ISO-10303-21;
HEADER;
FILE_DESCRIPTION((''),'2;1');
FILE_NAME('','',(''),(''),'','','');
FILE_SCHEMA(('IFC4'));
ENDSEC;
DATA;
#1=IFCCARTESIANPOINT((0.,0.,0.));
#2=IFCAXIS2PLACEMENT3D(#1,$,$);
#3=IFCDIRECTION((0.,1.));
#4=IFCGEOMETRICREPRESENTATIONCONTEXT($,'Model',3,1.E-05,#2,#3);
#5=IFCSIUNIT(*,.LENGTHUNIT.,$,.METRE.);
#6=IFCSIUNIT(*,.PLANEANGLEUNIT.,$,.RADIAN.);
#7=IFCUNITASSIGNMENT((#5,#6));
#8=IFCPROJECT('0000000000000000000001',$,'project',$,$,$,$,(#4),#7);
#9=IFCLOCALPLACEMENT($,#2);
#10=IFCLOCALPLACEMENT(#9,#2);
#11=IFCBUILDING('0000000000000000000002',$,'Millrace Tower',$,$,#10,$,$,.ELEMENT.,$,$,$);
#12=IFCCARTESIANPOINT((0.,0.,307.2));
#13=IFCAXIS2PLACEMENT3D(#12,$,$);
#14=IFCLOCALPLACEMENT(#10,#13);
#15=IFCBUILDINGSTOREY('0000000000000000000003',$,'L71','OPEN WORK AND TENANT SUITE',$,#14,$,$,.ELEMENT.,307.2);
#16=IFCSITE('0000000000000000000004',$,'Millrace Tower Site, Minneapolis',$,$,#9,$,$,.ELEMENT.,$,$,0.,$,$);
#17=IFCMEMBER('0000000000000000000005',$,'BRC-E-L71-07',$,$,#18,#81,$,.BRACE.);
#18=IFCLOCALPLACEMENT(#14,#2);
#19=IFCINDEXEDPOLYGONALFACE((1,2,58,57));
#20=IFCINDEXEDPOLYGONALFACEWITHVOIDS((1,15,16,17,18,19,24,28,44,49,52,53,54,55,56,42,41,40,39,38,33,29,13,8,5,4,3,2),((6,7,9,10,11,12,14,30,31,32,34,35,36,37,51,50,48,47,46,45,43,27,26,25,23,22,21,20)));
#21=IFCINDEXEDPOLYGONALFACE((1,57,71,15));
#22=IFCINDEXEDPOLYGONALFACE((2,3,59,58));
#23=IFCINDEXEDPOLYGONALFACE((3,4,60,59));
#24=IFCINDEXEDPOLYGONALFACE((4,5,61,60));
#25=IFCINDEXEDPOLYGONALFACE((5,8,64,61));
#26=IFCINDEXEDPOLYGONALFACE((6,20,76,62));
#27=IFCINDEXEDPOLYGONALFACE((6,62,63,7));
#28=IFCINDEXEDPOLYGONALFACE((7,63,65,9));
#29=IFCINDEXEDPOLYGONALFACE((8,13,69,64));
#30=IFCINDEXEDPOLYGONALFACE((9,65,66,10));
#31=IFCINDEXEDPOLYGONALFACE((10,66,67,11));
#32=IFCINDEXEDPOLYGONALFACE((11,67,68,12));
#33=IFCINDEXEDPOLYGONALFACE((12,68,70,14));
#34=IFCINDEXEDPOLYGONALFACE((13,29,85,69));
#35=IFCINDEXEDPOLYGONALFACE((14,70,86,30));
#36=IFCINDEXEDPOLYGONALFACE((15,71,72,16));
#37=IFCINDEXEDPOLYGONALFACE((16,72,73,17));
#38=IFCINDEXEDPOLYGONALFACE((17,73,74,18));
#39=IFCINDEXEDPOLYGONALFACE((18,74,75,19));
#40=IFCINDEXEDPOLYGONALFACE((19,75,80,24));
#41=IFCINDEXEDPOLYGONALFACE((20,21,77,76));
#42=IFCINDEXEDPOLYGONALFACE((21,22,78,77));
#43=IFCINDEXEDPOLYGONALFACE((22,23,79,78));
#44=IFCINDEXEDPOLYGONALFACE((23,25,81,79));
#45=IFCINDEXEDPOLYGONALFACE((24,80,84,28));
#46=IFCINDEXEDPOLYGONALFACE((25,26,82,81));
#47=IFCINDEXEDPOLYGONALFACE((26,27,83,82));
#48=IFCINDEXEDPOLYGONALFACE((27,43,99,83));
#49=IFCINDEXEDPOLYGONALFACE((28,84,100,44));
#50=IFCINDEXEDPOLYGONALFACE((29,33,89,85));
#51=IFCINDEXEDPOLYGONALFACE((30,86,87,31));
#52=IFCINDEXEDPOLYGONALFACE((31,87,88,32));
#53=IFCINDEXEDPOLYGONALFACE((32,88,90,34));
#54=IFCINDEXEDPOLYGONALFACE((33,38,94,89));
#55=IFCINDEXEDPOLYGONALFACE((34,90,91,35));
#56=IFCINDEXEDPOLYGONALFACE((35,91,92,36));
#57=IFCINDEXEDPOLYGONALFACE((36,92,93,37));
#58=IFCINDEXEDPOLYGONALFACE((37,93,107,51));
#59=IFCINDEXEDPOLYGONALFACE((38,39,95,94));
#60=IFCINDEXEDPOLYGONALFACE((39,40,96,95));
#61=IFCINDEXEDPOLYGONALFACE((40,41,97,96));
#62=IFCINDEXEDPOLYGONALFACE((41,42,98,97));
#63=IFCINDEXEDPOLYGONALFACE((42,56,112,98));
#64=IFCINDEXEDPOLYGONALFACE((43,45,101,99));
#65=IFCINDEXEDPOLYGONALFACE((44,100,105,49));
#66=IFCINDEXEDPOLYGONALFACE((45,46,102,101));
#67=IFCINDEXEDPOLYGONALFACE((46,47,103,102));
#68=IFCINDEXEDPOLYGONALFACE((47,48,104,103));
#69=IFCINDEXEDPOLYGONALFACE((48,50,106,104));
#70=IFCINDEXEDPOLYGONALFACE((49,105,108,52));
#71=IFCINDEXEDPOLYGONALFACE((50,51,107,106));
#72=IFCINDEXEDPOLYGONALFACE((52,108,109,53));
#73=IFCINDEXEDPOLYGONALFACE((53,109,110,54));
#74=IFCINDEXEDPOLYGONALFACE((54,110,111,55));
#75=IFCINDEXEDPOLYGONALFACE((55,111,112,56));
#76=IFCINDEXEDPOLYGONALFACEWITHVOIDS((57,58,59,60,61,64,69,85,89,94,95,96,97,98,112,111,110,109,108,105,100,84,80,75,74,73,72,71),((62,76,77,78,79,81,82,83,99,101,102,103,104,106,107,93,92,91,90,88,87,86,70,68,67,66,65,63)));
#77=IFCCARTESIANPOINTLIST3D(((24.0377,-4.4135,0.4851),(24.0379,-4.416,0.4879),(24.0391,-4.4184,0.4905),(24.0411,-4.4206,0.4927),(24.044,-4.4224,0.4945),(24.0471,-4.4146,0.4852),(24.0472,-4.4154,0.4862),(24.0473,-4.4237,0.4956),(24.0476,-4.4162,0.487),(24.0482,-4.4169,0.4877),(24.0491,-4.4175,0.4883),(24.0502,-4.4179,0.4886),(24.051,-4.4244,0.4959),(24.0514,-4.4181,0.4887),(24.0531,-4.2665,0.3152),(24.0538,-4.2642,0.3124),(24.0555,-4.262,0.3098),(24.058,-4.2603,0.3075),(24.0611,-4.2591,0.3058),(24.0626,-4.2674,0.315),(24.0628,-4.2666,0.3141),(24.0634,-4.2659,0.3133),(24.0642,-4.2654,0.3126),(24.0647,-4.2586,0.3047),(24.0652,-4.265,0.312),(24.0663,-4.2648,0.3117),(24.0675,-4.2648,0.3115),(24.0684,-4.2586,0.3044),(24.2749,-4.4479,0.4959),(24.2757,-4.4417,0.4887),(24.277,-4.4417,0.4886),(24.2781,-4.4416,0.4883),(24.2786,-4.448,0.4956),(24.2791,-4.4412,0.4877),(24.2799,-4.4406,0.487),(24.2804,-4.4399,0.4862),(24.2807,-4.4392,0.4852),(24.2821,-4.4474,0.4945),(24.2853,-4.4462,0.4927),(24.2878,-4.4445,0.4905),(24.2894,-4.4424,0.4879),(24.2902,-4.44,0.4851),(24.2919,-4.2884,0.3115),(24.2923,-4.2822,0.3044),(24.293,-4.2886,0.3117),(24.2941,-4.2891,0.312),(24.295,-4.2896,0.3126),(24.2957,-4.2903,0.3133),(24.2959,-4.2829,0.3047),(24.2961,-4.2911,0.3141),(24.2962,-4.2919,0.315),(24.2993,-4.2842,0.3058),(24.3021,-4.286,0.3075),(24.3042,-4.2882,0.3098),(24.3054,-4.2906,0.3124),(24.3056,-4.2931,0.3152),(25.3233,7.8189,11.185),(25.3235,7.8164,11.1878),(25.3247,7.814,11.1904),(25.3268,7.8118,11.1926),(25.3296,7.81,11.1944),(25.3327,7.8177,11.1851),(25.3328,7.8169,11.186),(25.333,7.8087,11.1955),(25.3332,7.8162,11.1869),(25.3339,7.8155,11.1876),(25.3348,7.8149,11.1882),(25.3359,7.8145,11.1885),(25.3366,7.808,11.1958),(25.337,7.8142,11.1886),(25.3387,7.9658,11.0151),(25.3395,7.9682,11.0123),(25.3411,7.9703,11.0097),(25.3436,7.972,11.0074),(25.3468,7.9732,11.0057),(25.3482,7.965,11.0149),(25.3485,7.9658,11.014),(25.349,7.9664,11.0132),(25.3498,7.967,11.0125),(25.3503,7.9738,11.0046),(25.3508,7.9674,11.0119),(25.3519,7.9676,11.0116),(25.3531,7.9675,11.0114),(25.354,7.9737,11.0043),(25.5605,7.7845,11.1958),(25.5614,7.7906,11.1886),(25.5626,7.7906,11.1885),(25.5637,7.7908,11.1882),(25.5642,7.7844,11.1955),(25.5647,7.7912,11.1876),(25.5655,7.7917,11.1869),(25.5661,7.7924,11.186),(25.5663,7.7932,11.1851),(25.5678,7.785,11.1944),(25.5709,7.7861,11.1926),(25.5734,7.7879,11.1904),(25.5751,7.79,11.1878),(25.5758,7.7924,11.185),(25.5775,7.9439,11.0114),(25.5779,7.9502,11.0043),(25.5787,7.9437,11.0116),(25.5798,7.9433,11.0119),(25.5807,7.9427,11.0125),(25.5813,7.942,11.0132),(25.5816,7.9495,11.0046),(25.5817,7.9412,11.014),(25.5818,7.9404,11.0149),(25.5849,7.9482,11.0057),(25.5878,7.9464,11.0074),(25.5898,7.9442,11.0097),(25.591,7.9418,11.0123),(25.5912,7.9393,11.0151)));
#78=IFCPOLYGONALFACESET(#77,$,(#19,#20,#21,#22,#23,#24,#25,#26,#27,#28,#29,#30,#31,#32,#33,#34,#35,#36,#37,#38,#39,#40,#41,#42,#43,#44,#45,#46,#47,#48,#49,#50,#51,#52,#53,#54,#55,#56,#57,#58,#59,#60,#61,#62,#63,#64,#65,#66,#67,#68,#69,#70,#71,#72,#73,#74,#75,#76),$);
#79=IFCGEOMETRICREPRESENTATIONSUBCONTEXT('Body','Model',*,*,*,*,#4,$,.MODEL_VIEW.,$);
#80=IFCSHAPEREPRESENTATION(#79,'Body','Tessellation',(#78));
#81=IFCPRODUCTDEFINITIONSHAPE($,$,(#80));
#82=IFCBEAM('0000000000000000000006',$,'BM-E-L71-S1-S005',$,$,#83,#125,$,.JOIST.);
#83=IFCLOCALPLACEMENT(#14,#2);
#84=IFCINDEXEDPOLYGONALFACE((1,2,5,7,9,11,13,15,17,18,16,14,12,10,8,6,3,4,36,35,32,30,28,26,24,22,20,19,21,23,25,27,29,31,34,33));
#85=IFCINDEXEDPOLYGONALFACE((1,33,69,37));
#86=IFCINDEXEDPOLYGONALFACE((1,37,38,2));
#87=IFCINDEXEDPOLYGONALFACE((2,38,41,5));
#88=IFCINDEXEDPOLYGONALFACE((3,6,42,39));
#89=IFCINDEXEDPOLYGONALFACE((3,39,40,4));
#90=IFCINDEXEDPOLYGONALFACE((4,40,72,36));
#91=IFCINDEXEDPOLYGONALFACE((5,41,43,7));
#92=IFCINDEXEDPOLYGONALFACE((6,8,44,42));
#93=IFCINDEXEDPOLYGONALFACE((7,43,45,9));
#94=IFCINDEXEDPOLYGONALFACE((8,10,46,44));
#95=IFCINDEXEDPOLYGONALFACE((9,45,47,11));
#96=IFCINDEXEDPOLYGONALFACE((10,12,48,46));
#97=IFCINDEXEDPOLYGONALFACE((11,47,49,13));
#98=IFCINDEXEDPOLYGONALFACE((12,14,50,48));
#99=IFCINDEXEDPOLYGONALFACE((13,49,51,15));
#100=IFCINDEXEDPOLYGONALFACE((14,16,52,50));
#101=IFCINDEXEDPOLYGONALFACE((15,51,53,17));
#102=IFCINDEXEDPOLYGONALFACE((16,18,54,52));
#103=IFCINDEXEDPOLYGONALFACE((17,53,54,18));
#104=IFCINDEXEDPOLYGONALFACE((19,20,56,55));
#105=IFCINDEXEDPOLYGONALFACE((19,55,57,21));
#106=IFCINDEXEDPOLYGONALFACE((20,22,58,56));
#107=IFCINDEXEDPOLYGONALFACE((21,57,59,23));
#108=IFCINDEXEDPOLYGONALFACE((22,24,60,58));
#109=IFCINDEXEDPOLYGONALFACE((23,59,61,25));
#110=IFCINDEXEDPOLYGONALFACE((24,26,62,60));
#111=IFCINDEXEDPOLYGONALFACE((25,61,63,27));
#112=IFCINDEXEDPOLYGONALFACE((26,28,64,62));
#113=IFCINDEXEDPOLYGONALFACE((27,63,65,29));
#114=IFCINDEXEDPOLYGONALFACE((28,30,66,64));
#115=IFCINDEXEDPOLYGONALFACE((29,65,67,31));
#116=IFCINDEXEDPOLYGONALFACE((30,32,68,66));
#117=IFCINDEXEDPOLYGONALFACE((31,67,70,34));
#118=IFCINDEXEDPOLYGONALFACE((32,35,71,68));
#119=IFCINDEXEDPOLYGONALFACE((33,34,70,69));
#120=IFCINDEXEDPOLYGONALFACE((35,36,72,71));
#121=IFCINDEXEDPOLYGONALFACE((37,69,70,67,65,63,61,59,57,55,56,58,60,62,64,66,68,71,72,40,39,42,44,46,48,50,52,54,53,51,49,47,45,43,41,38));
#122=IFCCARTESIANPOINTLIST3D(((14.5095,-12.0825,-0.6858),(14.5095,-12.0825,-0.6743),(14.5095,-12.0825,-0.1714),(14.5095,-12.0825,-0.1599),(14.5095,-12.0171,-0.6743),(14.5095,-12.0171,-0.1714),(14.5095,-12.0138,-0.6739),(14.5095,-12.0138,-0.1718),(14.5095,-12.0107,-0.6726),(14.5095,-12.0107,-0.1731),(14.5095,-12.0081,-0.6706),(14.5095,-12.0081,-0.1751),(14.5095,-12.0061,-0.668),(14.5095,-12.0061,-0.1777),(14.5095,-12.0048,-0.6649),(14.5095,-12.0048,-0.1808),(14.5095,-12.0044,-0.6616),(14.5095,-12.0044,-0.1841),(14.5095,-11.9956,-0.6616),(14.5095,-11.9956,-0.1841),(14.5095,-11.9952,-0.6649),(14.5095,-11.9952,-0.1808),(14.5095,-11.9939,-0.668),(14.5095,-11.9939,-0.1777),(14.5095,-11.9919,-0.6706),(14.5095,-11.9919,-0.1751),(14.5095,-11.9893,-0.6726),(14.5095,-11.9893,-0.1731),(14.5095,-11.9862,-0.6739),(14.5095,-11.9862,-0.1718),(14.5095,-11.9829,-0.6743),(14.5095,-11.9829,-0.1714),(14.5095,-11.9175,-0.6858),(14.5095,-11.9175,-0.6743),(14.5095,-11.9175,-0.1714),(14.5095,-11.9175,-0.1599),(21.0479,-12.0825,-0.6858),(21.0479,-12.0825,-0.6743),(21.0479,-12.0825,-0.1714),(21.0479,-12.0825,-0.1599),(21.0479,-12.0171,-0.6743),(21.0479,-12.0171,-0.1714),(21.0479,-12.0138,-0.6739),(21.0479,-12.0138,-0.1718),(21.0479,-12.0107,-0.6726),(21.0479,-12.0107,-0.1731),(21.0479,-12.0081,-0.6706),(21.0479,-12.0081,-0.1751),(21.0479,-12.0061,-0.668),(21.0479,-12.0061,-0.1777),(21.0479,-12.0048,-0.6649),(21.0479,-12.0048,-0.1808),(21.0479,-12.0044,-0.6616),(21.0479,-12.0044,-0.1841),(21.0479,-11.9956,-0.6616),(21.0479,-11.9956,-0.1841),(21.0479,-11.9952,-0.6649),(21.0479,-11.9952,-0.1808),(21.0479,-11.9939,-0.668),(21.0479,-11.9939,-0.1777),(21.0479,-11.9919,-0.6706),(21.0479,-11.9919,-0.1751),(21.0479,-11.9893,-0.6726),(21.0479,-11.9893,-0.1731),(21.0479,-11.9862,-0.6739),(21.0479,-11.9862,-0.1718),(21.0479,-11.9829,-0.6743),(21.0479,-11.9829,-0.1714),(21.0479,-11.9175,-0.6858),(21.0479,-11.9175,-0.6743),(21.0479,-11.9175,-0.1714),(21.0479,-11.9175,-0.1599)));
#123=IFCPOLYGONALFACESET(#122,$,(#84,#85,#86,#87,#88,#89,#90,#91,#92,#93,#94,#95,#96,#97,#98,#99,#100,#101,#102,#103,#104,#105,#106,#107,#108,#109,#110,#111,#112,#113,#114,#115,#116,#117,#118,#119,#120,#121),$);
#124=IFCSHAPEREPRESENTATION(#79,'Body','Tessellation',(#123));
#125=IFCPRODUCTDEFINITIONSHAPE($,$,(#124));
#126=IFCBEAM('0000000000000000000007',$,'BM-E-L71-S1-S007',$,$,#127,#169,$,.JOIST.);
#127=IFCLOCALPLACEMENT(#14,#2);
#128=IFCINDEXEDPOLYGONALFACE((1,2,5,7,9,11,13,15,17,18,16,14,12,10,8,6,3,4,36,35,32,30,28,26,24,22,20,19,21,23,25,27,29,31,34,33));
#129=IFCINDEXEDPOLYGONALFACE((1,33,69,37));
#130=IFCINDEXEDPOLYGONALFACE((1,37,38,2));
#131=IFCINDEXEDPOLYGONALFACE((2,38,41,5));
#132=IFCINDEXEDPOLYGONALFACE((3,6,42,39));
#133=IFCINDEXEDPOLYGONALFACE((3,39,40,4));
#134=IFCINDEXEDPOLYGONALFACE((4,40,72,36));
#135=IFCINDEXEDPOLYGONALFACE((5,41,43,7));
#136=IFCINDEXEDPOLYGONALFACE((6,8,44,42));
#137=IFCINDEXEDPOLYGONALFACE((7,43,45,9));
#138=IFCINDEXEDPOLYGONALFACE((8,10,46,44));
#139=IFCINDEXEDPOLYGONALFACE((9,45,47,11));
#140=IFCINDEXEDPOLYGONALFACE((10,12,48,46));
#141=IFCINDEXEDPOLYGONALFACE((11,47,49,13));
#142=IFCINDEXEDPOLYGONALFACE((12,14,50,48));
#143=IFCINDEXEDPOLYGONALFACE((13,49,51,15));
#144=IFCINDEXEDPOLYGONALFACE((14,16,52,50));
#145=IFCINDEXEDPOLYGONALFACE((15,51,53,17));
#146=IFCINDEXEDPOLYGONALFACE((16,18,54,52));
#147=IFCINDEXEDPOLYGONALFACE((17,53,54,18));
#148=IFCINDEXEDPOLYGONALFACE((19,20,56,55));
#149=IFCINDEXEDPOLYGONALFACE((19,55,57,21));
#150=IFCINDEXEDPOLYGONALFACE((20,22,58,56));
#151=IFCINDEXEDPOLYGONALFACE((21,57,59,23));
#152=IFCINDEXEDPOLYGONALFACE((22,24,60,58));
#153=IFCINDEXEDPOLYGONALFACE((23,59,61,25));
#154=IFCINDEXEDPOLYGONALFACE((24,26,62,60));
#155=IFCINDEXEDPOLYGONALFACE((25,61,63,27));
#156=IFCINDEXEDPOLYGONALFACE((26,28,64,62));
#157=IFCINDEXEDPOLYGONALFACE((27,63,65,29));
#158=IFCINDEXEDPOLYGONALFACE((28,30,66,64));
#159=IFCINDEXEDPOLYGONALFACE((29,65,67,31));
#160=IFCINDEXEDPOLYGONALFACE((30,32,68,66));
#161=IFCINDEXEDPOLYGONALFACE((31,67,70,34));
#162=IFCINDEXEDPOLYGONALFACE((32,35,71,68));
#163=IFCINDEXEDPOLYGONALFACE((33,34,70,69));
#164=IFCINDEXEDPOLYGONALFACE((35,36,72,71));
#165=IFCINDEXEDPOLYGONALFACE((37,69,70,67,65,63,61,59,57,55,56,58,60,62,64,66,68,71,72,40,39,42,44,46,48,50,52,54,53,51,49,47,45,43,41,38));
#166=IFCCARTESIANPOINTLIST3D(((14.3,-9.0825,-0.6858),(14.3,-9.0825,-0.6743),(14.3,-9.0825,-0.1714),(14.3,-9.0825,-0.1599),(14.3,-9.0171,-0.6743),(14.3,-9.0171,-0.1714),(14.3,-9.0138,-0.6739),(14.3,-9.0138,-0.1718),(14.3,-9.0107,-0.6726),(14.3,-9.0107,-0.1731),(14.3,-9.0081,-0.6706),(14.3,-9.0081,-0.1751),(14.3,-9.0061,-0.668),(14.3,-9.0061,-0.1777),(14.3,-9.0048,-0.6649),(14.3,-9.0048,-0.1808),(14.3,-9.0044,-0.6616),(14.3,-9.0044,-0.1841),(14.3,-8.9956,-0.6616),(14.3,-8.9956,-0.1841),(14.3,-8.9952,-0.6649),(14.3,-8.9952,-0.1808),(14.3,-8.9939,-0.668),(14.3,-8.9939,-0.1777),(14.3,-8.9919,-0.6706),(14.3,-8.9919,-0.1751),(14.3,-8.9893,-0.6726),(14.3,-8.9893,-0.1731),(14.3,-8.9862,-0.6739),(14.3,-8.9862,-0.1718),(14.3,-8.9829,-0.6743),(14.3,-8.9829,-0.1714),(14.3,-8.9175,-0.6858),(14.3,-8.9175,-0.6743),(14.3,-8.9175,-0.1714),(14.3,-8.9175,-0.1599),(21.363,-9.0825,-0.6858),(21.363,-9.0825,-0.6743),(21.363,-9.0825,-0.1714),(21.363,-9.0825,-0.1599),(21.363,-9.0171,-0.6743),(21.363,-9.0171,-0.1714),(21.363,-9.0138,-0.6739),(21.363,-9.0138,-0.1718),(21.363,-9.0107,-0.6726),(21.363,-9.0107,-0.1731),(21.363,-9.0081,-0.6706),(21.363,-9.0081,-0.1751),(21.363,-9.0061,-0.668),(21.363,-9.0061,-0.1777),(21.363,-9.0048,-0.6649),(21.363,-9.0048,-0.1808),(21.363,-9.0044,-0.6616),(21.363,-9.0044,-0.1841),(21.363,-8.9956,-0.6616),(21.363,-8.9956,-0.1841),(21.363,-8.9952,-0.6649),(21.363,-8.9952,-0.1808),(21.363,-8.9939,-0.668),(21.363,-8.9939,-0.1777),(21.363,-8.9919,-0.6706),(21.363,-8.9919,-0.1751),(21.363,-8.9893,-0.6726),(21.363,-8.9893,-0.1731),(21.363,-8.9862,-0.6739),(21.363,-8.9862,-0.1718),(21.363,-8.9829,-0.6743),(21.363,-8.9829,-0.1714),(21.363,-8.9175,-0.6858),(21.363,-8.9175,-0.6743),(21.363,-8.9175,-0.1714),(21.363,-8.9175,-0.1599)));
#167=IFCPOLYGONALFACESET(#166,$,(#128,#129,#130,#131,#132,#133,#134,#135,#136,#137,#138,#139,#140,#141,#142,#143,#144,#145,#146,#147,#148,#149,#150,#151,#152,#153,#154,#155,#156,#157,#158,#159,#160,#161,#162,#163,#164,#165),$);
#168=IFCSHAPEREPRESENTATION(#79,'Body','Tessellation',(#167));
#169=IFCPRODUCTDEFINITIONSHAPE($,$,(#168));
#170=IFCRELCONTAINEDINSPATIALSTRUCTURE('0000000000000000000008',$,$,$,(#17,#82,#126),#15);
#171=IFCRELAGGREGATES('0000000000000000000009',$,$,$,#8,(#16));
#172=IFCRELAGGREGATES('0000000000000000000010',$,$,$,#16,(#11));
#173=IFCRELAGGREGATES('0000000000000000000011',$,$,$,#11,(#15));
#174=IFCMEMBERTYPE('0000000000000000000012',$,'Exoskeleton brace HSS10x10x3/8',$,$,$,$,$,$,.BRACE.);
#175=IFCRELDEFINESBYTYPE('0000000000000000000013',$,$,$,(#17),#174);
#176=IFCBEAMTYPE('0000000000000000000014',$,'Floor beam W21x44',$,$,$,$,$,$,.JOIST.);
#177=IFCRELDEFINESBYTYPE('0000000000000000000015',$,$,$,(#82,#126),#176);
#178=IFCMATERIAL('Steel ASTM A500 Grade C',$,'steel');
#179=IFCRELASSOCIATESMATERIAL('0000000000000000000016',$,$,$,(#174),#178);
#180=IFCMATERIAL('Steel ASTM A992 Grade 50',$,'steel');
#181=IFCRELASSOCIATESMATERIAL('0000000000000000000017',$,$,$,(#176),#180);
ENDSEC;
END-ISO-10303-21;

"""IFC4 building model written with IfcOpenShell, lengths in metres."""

from ifc_helpers import new_model, si_unit, direction, frame, origin, origin_2d, place, context, subcontext, project, spatial, hollow_rectangle, i_section, extrude, material, material_profile, profile_set, type_object, element, save


model = new_model("IFC4")

# Units and contexts
model_context = context("Model", 3, precision=1e-05, world=origin(), true_north=direction((0.0, 1.0)))
body_context = subcontext(model_context, "Body", "Model", "MODEL_VIEW")
ifc_project = project(units=[si_unit("LENGTHUNIT", "METRE"), si_unit("PLANEANGLEUNIT", "RADIAN")], contexts=[model_context])

# Site, building, storey
site_placement = place(None, origin())
site = spatial("IfcSite", under=ifc_project, at=site_placement, Name="Millrace Tower Site, Minneapolis", CompositionType="ELEMENT", RefElevation=0.0)
building_placement = place(site_placement, origin())
building = spatial("IfcBuilding", under=site, at=building_placement, Name="Millrace Tower", CompositionType="ELEMENT")
storey_placement = place(building_placement, frame((0.0, 0.0, 307.2)))
storey = spatial("IfcBuildingStorey", under=building, at=storey_placement, Name="L71", Description="OPEN WORK AND TENANT SUITE", CompositionType="ELEMENT", Elevation=307.2)

# Member
ifc_material_1 = material(Name="Steel ASTM A500 Grade C", Category="steel")
ifc_material_profile_1 = material_profile(ifc_material_1, hollow_rectangle(XDim=0.2539, YDim=0.2539, WallThickness=0.0095, InnerFilletRadius=0.0046, OuterFilletRadius=0.0144, at=origin_2d()))
ifc_profile_set_1 = profile_set([ifc_material_profile_1], Name="Steel ASTM A500 Grade C")
member_type_1 = type_object("IfcMemberType", Name="Exoskeleton brace HSS10x10x3/8", PredefinedType="BRACE", material=ifc_profile_set_1)
member_1_placement = place(storey_placement, frame((24.1716, -4.3533, 0.4001), z_axis=(0.078861, 0.750337, 0.656335), x_axis=(-0.994522, 0.104526, 0.0)))
element("IfcMember", 1, at=member_1_placement, inside=storey, type_object=member_type_1, Name="BRC-E-L71-07", PredefinedType="BRACE", context=body_context, shape_type="SweptSolid", body=[
    extrude(hollow_rectangle(XDim=0.2539, YDim=0.2539, WallThickness=0.0095, InnerFilletRadius=0.0046, OuterFilletRadius=0.0144, at=origin_2d()), origin(), (0.0, 0.0, 1.0), 16.3025),
])

# Beams
ifc_material_2 = material(Name="Steel ASTM A992 Grade 50", Category="steel")
ifc_material_profile_2 = material_profile(ifc_material_2, i_section(OverallWidth=0.165, OverallDepth=0.5259, WebThickness=0.0088, FlangeThickness=0.0115, FilletRadius=0.0127, at=origin_2d()))
ifc_profile_set_2 = profile_set([ifc_material_profile_2], Name="Steel ASTM A992 Grade 50")
beam_type_1 = type_object("IfcBeamType", Name="Floor beam W21x44", PredefinedType="JOIST", material=ifc_profile_set_2)
beam_1_placement = place(storey_placement, frame((14.5095, -12.0, -0.4229), z_axis=(1.0, 0.0, 0.0), x_axis=(0.0, 1.0, 0.0)))
element("IfcBeam", 2, at=beam_1_placement, inside=storey, type_object=beam_type_1, Name="BM-E-L71-S1-S005", PredefinedType="JOIST", context=body_context, shape_type="SweptSolid", body=[
    extrude(i_section(OverallWidth=0.165, OverallDepth=0.5259, WebThickness=0.0088, FlangeThickness=0.0115, FilletRadius=0.0127, at=origin_2d()), origin(), (0.0, 0.0, 1.0), 6.5383),
])
beam_2_placement = place(storey_placement, frame((14.3, -9.0, -0.4229), z_axis=(1.0, 0.0, 0.0), x_axis=(0.0, 1.0, 0.0)))
element("IfcBeam", 3, at=beam_2_placement, inside=storey, type_object=beam_type_1, Name="BM-E-L71-S1-S007", PredefinedType="JOIST", context=body_context, shape_type="SweptSolid", body=[
    extrude(i_section(OverallWidth=0.165, OverallDepth=0.5259, WebThickness=0.0088, FlangeThickness=0.0115, FilletRadius=0.0127, at=origin_2d()), origin(), (0.0, 0.0, 1.0), 7.063),
])

save(model, "model.ifc")
